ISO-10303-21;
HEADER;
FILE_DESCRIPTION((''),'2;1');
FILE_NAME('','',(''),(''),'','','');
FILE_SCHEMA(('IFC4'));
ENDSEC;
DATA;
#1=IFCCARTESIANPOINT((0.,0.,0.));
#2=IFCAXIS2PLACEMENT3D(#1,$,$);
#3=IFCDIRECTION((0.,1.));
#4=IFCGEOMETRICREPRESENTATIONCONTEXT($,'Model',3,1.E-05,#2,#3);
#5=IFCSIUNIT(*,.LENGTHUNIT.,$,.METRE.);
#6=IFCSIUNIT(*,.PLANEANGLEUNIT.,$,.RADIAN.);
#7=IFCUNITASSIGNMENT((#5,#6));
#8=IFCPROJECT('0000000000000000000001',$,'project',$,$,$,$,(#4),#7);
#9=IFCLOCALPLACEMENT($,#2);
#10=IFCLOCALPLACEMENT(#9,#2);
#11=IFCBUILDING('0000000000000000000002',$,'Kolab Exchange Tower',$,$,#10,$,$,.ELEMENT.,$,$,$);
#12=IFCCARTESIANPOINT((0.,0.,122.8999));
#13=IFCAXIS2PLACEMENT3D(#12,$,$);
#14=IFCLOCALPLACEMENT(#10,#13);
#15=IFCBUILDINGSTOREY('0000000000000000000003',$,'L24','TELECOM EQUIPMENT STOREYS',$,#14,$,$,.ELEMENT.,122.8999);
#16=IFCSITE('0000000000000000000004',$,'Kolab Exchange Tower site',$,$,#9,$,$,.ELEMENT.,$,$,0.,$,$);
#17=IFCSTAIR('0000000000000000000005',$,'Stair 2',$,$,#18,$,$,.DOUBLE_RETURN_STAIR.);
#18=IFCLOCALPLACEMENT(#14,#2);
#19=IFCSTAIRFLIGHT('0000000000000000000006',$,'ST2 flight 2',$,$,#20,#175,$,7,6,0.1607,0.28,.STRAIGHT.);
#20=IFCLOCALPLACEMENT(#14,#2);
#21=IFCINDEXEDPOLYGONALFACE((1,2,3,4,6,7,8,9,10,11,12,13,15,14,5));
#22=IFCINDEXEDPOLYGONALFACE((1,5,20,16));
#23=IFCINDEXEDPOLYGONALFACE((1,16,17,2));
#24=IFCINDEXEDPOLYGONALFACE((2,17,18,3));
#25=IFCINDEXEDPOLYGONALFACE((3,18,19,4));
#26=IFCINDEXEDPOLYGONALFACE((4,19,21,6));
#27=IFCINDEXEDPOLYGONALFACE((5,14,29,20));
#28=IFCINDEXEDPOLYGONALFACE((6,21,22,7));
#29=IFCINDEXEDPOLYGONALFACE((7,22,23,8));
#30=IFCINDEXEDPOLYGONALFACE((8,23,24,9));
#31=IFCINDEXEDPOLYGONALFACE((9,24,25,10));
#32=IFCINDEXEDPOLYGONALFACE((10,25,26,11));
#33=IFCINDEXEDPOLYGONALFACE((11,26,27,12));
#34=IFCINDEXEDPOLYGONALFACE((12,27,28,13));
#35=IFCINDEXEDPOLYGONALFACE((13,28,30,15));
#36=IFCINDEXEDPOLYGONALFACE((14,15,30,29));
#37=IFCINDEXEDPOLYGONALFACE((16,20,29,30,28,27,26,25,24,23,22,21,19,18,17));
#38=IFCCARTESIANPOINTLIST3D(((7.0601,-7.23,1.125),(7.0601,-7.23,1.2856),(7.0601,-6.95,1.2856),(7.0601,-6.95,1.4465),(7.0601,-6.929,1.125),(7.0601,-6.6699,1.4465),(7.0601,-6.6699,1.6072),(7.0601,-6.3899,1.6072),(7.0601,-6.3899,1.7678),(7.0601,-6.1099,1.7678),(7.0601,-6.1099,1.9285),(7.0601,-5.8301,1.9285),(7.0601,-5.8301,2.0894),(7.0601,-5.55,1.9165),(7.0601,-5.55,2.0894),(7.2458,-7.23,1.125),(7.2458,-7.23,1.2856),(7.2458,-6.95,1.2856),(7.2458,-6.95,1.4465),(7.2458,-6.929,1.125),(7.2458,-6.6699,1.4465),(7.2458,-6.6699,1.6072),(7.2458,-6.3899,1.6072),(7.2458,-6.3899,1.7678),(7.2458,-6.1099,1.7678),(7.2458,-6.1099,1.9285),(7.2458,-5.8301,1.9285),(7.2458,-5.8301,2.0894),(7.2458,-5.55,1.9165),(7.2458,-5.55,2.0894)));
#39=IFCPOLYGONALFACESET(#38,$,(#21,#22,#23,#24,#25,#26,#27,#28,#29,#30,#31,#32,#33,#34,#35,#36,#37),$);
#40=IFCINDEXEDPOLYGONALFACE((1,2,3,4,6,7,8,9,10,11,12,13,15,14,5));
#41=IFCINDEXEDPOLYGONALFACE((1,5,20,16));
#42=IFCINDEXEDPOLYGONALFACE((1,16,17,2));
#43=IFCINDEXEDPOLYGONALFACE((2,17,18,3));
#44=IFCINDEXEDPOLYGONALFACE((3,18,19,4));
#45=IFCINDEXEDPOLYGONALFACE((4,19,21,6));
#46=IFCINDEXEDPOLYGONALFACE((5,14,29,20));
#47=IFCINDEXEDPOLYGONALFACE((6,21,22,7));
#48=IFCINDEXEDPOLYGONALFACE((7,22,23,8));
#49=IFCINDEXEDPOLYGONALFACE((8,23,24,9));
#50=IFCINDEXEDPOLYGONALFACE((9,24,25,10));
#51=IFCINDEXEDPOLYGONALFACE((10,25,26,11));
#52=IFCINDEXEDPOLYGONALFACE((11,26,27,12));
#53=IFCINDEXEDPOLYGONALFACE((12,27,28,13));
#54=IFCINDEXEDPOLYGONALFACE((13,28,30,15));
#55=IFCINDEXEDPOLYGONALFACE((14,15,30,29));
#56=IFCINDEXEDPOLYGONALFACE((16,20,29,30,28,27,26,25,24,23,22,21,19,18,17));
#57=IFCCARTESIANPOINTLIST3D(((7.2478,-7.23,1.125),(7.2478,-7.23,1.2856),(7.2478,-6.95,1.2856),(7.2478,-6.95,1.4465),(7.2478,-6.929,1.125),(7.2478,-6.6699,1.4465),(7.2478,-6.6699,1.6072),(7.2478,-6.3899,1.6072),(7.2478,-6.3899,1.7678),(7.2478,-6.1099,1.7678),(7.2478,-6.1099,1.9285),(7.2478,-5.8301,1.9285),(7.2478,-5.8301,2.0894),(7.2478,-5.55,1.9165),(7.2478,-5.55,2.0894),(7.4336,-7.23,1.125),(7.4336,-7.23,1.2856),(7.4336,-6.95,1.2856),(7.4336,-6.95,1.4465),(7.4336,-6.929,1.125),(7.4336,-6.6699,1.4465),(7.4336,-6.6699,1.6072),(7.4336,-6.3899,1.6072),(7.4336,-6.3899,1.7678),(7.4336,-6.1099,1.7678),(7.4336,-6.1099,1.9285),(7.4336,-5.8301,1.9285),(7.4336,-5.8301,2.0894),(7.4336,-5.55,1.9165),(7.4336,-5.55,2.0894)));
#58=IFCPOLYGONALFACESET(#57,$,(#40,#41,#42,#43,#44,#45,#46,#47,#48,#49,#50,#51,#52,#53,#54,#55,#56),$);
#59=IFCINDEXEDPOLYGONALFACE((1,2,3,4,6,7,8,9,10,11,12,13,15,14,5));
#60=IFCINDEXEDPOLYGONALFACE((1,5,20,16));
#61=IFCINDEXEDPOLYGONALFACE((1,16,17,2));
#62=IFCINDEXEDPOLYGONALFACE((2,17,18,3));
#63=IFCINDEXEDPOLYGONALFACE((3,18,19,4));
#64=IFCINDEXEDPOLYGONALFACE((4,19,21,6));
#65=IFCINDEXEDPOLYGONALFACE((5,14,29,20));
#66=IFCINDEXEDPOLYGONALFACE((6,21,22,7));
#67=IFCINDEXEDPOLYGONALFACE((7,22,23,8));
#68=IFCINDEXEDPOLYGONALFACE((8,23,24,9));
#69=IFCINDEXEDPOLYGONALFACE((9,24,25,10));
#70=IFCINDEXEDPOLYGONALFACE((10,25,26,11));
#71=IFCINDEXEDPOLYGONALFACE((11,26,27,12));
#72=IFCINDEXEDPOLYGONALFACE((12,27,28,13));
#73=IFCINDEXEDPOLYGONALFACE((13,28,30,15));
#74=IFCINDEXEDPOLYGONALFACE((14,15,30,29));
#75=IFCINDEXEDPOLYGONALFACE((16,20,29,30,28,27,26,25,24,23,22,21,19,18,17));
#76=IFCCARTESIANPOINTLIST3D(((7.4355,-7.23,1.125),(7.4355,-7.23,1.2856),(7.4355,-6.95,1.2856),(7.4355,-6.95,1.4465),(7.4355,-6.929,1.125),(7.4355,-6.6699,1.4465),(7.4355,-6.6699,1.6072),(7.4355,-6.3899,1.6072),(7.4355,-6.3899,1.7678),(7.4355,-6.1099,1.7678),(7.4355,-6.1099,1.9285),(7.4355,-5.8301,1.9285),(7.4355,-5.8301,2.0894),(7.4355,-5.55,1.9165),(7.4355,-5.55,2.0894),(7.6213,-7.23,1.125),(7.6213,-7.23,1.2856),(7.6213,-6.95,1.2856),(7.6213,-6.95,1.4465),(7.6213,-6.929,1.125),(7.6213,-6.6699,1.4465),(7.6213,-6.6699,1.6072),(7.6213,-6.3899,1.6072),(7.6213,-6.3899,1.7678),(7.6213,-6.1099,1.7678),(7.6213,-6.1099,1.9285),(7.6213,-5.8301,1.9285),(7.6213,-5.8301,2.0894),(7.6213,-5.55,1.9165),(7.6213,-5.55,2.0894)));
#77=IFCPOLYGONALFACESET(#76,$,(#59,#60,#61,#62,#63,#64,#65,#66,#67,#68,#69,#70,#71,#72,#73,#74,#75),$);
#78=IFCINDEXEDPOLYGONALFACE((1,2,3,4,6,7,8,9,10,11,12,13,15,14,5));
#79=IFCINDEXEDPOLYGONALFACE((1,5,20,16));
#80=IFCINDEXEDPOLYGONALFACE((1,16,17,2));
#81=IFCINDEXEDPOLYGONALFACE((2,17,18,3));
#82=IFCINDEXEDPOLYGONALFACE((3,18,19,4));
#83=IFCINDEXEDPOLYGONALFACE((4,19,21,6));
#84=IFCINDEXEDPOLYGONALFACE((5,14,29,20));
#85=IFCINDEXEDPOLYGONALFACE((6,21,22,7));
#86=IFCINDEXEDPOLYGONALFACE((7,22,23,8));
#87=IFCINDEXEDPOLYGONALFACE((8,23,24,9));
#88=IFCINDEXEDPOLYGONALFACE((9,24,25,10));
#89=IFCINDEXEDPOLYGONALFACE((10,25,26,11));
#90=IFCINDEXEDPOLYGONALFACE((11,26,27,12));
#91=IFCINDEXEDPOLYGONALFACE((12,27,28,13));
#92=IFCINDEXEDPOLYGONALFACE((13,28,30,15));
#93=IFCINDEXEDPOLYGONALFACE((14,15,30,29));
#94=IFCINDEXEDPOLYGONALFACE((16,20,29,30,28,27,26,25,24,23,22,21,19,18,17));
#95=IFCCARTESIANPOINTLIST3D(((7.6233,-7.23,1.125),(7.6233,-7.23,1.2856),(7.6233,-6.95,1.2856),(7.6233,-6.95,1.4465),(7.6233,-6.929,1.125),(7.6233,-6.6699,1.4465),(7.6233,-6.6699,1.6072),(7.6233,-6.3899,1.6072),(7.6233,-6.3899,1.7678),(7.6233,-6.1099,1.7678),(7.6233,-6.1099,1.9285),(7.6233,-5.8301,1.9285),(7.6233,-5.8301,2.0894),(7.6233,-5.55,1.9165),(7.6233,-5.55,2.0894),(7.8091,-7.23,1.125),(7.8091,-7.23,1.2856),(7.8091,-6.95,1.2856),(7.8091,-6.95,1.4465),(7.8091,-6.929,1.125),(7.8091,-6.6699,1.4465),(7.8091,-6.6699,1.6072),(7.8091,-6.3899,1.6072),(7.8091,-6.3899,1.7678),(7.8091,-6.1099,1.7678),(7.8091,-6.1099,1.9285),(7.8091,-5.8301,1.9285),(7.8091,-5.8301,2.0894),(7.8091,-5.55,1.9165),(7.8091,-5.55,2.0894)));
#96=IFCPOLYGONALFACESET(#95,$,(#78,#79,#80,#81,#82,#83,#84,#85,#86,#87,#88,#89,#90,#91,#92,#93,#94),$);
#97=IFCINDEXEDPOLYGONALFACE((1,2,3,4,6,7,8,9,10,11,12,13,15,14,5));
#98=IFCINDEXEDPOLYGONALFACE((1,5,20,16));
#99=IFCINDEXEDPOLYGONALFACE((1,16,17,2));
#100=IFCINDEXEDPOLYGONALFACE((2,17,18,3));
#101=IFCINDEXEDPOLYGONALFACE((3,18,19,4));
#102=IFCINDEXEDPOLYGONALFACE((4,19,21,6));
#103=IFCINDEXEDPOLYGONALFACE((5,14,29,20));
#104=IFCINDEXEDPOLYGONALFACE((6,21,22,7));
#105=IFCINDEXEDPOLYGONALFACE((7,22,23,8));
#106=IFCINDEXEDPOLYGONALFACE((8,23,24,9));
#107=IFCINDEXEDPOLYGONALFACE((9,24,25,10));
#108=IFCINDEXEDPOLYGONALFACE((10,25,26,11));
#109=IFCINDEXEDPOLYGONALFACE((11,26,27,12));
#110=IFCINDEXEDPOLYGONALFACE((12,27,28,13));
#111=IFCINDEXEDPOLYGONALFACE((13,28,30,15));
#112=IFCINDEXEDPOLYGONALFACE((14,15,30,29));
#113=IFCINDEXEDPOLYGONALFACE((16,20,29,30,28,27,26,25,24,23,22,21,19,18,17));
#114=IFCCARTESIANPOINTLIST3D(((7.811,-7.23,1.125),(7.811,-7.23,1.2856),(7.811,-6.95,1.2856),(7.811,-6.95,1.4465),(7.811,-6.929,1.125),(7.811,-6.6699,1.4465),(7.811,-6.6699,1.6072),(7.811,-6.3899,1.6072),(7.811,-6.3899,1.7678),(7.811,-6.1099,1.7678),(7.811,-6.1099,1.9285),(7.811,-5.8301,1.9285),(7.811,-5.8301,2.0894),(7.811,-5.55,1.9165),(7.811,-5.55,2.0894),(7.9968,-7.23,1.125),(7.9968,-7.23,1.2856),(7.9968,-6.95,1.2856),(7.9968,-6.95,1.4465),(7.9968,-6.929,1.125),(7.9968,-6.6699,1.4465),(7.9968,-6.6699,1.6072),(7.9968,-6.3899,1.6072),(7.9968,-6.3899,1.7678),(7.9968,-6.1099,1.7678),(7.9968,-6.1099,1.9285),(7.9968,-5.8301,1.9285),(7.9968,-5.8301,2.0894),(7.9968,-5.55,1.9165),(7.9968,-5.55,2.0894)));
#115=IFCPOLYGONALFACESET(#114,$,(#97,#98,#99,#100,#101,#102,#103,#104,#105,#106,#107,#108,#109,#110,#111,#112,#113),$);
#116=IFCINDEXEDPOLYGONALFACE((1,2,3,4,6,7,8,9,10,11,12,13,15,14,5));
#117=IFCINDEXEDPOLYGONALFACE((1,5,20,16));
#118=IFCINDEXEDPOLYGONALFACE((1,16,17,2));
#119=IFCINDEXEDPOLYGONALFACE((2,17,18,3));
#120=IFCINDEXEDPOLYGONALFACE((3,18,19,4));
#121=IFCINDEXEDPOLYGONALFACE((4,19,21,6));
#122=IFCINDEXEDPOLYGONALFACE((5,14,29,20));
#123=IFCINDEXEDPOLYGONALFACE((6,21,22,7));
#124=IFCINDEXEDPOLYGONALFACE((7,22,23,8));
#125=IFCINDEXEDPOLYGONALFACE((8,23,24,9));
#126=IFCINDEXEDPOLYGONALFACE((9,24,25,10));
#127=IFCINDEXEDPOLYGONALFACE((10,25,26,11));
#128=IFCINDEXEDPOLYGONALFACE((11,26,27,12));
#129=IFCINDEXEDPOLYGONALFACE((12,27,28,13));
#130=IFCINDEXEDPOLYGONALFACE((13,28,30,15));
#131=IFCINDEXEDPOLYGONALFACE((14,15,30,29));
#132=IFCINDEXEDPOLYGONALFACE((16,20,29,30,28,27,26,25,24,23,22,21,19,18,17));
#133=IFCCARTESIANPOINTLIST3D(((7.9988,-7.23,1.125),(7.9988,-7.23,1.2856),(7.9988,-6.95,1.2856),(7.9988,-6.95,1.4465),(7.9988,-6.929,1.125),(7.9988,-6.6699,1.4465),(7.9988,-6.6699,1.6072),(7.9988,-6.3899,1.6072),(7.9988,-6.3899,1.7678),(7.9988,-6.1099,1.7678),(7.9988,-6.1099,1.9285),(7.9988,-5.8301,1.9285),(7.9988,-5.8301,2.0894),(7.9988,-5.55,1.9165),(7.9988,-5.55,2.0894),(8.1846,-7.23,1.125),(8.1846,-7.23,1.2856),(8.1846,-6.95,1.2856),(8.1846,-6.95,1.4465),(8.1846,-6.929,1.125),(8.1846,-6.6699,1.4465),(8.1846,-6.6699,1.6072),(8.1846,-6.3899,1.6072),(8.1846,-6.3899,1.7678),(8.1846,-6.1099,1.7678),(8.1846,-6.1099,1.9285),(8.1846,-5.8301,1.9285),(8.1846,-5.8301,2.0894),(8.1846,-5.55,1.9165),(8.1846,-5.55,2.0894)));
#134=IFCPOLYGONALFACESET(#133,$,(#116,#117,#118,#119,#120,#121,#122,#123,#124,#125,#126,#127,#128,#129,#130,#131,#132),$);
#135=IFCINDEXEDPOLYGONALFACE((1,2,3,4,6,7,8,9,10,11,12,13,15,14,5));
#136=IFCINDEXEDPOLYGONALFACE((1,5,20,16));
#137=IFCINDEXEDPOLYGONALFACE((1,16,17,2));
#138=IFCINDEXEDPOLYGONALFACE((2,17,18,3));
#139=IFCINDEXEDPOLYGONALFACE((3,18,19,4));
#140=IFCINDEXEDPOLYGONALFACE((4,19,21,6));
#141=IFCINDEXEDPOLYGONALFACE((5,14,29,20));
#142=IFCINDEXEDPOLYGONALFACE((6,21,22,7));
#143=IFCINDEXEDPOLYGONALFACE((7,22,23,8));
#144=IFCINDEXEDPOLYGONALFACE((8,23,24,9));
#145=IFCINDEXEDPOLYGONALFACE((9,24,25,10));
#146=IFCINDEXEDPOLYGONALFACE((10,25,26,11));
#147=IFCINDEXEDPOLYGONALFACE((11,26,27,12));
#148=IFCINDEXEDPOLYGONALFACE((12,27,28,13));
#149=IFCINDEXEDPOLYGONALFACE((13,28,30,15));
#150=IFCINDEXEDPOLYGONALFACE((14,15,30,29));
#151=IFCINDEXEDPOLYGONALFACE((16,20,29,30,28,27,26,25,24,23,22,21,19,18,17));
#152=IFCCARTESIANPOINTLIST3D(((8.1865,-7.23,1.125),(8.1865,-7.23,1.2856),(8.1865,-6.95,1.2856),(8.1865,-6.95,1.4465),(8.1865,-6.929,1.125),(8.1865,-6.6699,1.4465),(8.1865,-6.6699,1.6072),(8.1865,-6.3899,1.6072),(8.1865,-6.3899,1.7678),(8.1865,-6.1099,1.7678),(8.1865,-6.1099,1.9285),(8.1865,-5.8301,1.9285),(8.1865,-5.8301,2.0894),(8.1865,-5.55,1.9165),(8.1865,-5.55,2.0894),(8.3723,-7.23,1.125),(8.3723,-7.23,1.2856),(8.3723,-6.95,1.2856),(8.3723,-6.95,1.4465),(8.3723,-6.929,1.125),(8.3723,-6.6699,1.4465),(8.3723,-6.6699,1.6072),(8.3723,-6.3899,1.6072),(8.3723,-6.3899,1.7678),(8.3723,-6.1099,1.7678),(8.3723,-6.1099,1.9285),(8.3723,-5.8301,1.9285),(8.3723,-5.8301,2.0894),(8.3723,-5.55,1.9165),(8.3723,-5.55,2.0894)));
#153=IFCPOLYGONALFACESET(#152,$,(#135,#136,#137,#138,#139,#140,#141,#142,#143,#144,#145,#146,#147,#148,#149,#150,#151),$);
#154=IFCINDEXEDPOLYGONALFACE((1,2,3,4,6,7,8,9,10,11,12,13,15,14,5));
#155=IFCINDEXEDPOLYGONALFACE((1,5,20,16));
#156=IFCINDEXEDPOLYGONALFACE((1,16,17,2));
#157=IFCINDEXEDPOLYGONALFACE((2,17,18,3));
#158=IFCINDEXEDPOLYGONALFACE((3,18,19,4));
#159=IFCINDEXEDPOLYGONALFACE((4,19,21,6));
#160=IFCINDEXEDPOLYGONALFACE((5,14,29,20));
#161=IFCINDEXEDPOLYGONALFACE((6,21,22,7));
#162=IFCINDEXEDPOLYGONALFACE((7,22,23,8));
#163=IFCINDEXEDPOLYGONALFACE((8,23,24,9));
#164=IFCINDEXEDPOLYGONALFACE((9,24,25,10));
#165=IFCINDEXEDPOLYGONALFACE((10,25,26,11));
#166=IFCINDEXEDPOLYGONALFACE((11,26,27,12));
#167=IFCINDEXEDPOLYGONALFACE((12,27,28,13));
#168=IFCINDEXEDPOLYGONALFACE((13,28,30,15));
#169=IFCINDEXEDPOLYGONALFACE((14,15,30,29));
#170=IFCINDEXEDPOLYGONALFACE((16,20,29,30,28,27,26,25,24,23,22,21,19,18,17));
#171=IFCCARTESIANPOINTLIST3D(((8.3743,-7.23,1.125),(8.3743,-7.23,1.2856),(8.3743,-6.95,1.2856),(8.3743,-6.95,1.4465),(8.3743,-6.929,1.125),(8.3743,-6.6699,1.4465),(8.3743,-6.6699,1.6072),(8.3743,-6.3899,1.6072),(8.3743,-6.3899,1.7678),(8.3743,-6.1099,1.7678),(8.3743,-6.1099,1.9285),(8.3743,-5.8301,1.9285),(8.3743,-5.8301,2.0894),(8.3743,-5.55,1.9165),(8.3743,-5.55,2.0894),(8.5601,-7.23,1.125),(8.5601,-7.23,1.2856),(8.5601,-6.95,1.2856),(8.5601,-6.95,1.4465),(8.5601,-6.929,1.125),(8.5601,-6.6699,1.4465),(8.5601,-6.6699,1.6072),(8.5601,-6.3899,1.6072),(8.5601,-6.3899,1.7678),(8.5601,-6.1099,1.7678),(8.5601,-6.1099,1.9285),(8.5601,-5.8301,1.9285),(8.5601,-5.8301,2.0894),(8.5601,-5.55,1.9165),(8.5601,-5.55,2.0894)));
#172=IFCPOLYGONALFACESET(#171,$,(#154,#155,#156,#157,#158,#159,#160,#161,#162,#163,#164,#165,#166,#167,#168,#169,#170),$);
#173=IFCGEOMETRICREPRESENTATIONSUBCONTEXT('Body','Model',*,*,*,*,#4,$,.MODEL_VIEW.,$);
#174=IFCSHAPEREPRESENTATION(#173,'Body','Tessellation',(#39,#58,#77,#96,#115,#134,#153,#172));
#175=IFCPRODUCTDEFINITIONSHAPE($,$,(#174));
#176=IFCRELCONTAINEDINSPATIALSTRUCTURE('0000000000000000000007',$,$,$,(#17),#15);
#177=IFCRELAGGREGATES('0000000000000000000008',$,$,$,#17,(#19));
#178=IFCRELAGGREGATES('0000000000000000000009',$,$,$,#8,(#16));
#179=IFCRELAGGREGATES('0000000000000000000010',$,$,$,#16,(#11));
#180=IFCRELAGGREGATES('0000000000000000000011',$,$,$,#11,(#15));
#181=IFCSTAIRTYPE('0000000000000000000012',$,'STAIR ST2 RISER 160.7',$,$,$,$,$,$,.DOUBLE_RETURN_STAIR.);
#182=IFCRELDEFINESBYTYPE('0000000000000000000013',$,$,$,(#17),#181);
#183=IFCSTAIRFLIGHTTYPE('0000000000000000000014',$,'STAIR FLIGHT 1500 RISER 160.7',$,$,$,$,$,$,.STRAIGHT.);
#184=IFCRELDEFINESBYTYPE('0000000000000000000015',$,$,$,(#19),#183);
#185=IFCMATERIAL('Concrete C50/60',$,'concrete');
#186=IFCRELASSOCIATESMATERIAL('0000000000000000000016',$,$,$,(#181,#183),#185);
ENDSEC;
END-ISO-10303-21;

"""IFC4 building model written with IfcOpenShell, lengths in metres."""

from ifc_helpers import new_model, si_unit, direction, frame, origin, place, context, subcontext, project, spatial, polyline, outline, extrude, material, type_object, element, aggregate, save


model = new_model("IFC4")

# Units and contexts
model_context = context("Model", 3, precision=1e-05, world=origin(), true_north=direction((0.0, 1.0)))
body_context = subcontext(model_context, "Body", "Model", "MODEL_VIEW")
ifc_project = project(units=[si_unit("LENGTHUNIT", "METRE"), si_unit("PLANEANGLEUNIT", "RADIAN")], contexts=[model_context])

# Site, building, storey
site_placement = place(None, origin())
site = spatial("IfcSite", under=ifc_project, at=site_placement, Name="Kolab Exchange Tower site", CompositionType="ELEMENT", RefElevation=0.0)
building_placement = place(site_placement, origin())
building = spatial("IfcBuilding", under=site, at=building_placement, Name="Kolab Exchange Tower", CompositionType="ELEMENT")
storey_placement = place(building_placement, frame((0.0, 0.0, 122.8999)))
storey = spatial("IfcBuildingStorey", under=building, at=storey_placement, Name="L24", Description="TELECOM EQUIPMENT STOREYS", CompositionType="ELEMENT", Elevation=122.8999)

# Shared definitions
ifc_material_1 = material(Name="Concrete C50/60", Category="concrete")

# Stair, stair flight
stair_type = type_object("IfcStairType", Name="STAIR ST2 RISER 160.7", PredefinedType="DOUBLE_RETURN_STAIR", material=ifc_material_1)
stair_placement = place(storey_placement, origin())
stair = element("IfcStair", 1, at=stair_placement, inside=storey, type_object=stair_type, Name="Stair 2", PredefinedType="DOUBLE_RETURN_STAIR")
stair_flight_type = type_object("IfcStairFlightType", Name="STAIR FLIGHT 1500 RISER 160.7", PredefinedType="STRAIGHT", material=ifc_material_1)
stair_flight_1_placement = place(storey_placement, frame((7.8101, -7.23, 1.125), z_axis=(0.0, 0.0, 1.0), x_axis=(0.0, 1.0, 0.0)))
stair_flight_1 = element("IfcStairFlight", 2, at=stair_flight_1_placement, type_object=stair_flight_type, Name="ST2 flight 2", NumberOfRisers=7, NumberOfTreads=6, PredefinedType="STRAIGHT", RiserHeight=0.1607, TreadLength=0.28, context=body_context, shape_type="SweptSolid", body=[
    extrude(outline(polyline([(0.0, 0.0), (0.0, 0.1606), (0.28, 0.1606), (0.28, 0.3215), (0.5601, 0.3215), (0.5601, 0.4822), (0.8401, 0.4822), (0.8401, 0.6428), (1.1201, 0.6428), (1.1201, 0.8035), (1.3999, 0.8035), (1.3999, 0.9644), (1.6799, 0.9644), (1.6799, 1.125), (1.6799, 0.7915), (0.301, 0.0), (0.0, 0.0)])), frame((0.0, 0.75, 0.0), z_axis=(0.0, -1.0, 0.0), x_axis=(1.0, 0.0, 0.0)), (0.0, 0.0, 1.0), 0.1858),
    extrude(outline(polyline([(0.0, 0.0), (0.0, 0.1606), (0.28, 0.1606), (0.28, 0.3215), (0.5601, 0.3215), (0.5601, 0.4822), (0.8401, 0.4822), (0.8401, 0.6428), (1.1201, 0.6428), (1.1201, 0.8035), (1.3999, 0.8035), (1.3999, 0.9644), (1.6799, 0.9644), (1.6799, 1.125), (1.6799, 0.7915), (0.301, 0.0), (0.0, 0.0)])), frame((0.0, 0.5623, 0.0), z_axis=(0.0, -1.0, 0.0), x_axis=(1.0, 0.0, 0.0)), (0.0, 0.0, 1.0), 0.1858),
    extrude(outline(polyline([(0.0, 0.0), (0.0, 0.1606), (0.28, 0.1606), (0.28, 0.3215), (0.5601, 0.3215), (0.5601, 0.4822), (0.8401, 0.4822), (0.8401, 0.6428), (1.1201, 0.6428), (1.1201, 0.8035), (1.3999, 0.8035), (1.3999, 0.9644), (1.6799, 0.9644), (1.6799, 1.125), (1.6799, 0.7915), (0.301, 0.0), (0.0, 0.0)])), frame((0.0, 0.3745, 0.0), z_axis=(0.0, -1.0, 0.0), x_axis=(1.0, 0.0, 0.0)), (0.0, 0.0, 1.0), 0.1858),
    extrude(outline(polyline([(0.0, 0.0), (0.0, 0.1606), (0.28, 0.1606), (0.28, 0.3215), (0.5601, 0.3215), (0.5601, 0.4822), (0.8401, 0.4822), (0.8401, 0.6428), (1.1201, 0.6428), (1.1201, 0.8035), (1.3999, 0.8035), (1.3999, 0.9644), (1.6799, 0.9644), (1.6799, 1.125), (1.6799, 0.7915), (0.301, 0.0), (0.0, 0.0)])), frame((0.0, 0.1868, 0.0), z_axis=(0.0, -1.0, 0.0), x_axis=(1.0, 0.0, 0.0)), (0.0, 0.0, 1.0), 0.1858),
    extrude(outline(polyline([(0.0, 0.0), (0.0, 0.1606), (0.28, 0.1606), (0.28, 0.3215), (0.5601, 0.3215), (0.5601, 0.4822), (0.8401, 0.4822), (0.8401, 0.6428), (1.1201, 0.6428), (1.1201, 0.8035), (1.3999, 0.8035), (1.3999, 0.9644), (1.6799, 0.9644), (1.6799, 1.125), (1.6799, 0.7915), (0.301, 0.0), (0.0, 0.0)])), frame((0.0, -0.001, 0.0), z_axis=(0.0, -1.0, 0.0), x_axis=(1.0, 0.0, 0.0)), (0.0, 0.0, 1.0), 0.1858),
    extrude(outline(polyline([(0.0, 0.0), (0.0, 0.1606), (0.28, 0.1606), (0.28, 0.3215), (0.5601, 0.3215), (0.5601, 0.4822), (0.8401, 0.4822), (0.8401, 0.6428), (1.1201, 0.6428), (1.1201, 0.8035), (1.3999, 0.8035), (1.3999, 0.9644), (1.6799, 0.9644), (1.6799, 1.125), (1.6799, 0.7915), (0.301, 0.0), (0.0, 0.0)])), frame((0.0, -0.1887, 0.0), z_axis=(0.0, -1.0, 0.0), x_axis=(1.0, 0.0, 0.0)), (0.0, 0.0, 1.0), 0.1858),
    extrude(outline(polyline([(0.0, 0.0), (0.0, 0.1606), (0.28, 0.1606), (0.28, 0.3215), (0.5601, 0.3215), (0.5601, 0.4822), (0.8401, 0.4822), (0.8401, 0.6428), (1.1201, 0.6428), (1.1201, 0.8035), (1.3999, 0.8035), (1.3999, 0.9644), (1.6799, 0.9644), (1.6799, 1.125), (1.6799, 0.7915), (0.301, 0.0), (0.0, 0.0)])), frame((0.0, -0.3765, 0.0), z_axis=(0.0, -1.0, 0.0), x_axis=(1.0, 0.0, 0.0)), (0.0, 0.0, 1.0), 0.1858),
    extrude(outline(polyline([(0.0, 0.0), (0.0, 0.1606), (0.28, 0.1606), (0.28, 0.3215), (0.5601, 0.3215), (0.5601, 0.4822), (0.8401, 0.4822), (0.8401, 0.6428), (1.1201, 0.6428), (1.1201, 0.8035), (1.3999, 0.8035), (1.3999, 0.9644), (1.6799, 0.9644), (1.6799, 1.125), (1.6799, 0.7915), (0.301, 0.0), (0.0, 0.0)])), frame((0.0, -0.5642, 0.0), z_axis=(0.0, -1.0, 0.0), x_axis=(1.0, 0.0, 0.0)), (0.0, 0.0, 1.0), 0.1858),
])
aggregate(stair, [stair_flight_1])

save(model, "model.ifc")
